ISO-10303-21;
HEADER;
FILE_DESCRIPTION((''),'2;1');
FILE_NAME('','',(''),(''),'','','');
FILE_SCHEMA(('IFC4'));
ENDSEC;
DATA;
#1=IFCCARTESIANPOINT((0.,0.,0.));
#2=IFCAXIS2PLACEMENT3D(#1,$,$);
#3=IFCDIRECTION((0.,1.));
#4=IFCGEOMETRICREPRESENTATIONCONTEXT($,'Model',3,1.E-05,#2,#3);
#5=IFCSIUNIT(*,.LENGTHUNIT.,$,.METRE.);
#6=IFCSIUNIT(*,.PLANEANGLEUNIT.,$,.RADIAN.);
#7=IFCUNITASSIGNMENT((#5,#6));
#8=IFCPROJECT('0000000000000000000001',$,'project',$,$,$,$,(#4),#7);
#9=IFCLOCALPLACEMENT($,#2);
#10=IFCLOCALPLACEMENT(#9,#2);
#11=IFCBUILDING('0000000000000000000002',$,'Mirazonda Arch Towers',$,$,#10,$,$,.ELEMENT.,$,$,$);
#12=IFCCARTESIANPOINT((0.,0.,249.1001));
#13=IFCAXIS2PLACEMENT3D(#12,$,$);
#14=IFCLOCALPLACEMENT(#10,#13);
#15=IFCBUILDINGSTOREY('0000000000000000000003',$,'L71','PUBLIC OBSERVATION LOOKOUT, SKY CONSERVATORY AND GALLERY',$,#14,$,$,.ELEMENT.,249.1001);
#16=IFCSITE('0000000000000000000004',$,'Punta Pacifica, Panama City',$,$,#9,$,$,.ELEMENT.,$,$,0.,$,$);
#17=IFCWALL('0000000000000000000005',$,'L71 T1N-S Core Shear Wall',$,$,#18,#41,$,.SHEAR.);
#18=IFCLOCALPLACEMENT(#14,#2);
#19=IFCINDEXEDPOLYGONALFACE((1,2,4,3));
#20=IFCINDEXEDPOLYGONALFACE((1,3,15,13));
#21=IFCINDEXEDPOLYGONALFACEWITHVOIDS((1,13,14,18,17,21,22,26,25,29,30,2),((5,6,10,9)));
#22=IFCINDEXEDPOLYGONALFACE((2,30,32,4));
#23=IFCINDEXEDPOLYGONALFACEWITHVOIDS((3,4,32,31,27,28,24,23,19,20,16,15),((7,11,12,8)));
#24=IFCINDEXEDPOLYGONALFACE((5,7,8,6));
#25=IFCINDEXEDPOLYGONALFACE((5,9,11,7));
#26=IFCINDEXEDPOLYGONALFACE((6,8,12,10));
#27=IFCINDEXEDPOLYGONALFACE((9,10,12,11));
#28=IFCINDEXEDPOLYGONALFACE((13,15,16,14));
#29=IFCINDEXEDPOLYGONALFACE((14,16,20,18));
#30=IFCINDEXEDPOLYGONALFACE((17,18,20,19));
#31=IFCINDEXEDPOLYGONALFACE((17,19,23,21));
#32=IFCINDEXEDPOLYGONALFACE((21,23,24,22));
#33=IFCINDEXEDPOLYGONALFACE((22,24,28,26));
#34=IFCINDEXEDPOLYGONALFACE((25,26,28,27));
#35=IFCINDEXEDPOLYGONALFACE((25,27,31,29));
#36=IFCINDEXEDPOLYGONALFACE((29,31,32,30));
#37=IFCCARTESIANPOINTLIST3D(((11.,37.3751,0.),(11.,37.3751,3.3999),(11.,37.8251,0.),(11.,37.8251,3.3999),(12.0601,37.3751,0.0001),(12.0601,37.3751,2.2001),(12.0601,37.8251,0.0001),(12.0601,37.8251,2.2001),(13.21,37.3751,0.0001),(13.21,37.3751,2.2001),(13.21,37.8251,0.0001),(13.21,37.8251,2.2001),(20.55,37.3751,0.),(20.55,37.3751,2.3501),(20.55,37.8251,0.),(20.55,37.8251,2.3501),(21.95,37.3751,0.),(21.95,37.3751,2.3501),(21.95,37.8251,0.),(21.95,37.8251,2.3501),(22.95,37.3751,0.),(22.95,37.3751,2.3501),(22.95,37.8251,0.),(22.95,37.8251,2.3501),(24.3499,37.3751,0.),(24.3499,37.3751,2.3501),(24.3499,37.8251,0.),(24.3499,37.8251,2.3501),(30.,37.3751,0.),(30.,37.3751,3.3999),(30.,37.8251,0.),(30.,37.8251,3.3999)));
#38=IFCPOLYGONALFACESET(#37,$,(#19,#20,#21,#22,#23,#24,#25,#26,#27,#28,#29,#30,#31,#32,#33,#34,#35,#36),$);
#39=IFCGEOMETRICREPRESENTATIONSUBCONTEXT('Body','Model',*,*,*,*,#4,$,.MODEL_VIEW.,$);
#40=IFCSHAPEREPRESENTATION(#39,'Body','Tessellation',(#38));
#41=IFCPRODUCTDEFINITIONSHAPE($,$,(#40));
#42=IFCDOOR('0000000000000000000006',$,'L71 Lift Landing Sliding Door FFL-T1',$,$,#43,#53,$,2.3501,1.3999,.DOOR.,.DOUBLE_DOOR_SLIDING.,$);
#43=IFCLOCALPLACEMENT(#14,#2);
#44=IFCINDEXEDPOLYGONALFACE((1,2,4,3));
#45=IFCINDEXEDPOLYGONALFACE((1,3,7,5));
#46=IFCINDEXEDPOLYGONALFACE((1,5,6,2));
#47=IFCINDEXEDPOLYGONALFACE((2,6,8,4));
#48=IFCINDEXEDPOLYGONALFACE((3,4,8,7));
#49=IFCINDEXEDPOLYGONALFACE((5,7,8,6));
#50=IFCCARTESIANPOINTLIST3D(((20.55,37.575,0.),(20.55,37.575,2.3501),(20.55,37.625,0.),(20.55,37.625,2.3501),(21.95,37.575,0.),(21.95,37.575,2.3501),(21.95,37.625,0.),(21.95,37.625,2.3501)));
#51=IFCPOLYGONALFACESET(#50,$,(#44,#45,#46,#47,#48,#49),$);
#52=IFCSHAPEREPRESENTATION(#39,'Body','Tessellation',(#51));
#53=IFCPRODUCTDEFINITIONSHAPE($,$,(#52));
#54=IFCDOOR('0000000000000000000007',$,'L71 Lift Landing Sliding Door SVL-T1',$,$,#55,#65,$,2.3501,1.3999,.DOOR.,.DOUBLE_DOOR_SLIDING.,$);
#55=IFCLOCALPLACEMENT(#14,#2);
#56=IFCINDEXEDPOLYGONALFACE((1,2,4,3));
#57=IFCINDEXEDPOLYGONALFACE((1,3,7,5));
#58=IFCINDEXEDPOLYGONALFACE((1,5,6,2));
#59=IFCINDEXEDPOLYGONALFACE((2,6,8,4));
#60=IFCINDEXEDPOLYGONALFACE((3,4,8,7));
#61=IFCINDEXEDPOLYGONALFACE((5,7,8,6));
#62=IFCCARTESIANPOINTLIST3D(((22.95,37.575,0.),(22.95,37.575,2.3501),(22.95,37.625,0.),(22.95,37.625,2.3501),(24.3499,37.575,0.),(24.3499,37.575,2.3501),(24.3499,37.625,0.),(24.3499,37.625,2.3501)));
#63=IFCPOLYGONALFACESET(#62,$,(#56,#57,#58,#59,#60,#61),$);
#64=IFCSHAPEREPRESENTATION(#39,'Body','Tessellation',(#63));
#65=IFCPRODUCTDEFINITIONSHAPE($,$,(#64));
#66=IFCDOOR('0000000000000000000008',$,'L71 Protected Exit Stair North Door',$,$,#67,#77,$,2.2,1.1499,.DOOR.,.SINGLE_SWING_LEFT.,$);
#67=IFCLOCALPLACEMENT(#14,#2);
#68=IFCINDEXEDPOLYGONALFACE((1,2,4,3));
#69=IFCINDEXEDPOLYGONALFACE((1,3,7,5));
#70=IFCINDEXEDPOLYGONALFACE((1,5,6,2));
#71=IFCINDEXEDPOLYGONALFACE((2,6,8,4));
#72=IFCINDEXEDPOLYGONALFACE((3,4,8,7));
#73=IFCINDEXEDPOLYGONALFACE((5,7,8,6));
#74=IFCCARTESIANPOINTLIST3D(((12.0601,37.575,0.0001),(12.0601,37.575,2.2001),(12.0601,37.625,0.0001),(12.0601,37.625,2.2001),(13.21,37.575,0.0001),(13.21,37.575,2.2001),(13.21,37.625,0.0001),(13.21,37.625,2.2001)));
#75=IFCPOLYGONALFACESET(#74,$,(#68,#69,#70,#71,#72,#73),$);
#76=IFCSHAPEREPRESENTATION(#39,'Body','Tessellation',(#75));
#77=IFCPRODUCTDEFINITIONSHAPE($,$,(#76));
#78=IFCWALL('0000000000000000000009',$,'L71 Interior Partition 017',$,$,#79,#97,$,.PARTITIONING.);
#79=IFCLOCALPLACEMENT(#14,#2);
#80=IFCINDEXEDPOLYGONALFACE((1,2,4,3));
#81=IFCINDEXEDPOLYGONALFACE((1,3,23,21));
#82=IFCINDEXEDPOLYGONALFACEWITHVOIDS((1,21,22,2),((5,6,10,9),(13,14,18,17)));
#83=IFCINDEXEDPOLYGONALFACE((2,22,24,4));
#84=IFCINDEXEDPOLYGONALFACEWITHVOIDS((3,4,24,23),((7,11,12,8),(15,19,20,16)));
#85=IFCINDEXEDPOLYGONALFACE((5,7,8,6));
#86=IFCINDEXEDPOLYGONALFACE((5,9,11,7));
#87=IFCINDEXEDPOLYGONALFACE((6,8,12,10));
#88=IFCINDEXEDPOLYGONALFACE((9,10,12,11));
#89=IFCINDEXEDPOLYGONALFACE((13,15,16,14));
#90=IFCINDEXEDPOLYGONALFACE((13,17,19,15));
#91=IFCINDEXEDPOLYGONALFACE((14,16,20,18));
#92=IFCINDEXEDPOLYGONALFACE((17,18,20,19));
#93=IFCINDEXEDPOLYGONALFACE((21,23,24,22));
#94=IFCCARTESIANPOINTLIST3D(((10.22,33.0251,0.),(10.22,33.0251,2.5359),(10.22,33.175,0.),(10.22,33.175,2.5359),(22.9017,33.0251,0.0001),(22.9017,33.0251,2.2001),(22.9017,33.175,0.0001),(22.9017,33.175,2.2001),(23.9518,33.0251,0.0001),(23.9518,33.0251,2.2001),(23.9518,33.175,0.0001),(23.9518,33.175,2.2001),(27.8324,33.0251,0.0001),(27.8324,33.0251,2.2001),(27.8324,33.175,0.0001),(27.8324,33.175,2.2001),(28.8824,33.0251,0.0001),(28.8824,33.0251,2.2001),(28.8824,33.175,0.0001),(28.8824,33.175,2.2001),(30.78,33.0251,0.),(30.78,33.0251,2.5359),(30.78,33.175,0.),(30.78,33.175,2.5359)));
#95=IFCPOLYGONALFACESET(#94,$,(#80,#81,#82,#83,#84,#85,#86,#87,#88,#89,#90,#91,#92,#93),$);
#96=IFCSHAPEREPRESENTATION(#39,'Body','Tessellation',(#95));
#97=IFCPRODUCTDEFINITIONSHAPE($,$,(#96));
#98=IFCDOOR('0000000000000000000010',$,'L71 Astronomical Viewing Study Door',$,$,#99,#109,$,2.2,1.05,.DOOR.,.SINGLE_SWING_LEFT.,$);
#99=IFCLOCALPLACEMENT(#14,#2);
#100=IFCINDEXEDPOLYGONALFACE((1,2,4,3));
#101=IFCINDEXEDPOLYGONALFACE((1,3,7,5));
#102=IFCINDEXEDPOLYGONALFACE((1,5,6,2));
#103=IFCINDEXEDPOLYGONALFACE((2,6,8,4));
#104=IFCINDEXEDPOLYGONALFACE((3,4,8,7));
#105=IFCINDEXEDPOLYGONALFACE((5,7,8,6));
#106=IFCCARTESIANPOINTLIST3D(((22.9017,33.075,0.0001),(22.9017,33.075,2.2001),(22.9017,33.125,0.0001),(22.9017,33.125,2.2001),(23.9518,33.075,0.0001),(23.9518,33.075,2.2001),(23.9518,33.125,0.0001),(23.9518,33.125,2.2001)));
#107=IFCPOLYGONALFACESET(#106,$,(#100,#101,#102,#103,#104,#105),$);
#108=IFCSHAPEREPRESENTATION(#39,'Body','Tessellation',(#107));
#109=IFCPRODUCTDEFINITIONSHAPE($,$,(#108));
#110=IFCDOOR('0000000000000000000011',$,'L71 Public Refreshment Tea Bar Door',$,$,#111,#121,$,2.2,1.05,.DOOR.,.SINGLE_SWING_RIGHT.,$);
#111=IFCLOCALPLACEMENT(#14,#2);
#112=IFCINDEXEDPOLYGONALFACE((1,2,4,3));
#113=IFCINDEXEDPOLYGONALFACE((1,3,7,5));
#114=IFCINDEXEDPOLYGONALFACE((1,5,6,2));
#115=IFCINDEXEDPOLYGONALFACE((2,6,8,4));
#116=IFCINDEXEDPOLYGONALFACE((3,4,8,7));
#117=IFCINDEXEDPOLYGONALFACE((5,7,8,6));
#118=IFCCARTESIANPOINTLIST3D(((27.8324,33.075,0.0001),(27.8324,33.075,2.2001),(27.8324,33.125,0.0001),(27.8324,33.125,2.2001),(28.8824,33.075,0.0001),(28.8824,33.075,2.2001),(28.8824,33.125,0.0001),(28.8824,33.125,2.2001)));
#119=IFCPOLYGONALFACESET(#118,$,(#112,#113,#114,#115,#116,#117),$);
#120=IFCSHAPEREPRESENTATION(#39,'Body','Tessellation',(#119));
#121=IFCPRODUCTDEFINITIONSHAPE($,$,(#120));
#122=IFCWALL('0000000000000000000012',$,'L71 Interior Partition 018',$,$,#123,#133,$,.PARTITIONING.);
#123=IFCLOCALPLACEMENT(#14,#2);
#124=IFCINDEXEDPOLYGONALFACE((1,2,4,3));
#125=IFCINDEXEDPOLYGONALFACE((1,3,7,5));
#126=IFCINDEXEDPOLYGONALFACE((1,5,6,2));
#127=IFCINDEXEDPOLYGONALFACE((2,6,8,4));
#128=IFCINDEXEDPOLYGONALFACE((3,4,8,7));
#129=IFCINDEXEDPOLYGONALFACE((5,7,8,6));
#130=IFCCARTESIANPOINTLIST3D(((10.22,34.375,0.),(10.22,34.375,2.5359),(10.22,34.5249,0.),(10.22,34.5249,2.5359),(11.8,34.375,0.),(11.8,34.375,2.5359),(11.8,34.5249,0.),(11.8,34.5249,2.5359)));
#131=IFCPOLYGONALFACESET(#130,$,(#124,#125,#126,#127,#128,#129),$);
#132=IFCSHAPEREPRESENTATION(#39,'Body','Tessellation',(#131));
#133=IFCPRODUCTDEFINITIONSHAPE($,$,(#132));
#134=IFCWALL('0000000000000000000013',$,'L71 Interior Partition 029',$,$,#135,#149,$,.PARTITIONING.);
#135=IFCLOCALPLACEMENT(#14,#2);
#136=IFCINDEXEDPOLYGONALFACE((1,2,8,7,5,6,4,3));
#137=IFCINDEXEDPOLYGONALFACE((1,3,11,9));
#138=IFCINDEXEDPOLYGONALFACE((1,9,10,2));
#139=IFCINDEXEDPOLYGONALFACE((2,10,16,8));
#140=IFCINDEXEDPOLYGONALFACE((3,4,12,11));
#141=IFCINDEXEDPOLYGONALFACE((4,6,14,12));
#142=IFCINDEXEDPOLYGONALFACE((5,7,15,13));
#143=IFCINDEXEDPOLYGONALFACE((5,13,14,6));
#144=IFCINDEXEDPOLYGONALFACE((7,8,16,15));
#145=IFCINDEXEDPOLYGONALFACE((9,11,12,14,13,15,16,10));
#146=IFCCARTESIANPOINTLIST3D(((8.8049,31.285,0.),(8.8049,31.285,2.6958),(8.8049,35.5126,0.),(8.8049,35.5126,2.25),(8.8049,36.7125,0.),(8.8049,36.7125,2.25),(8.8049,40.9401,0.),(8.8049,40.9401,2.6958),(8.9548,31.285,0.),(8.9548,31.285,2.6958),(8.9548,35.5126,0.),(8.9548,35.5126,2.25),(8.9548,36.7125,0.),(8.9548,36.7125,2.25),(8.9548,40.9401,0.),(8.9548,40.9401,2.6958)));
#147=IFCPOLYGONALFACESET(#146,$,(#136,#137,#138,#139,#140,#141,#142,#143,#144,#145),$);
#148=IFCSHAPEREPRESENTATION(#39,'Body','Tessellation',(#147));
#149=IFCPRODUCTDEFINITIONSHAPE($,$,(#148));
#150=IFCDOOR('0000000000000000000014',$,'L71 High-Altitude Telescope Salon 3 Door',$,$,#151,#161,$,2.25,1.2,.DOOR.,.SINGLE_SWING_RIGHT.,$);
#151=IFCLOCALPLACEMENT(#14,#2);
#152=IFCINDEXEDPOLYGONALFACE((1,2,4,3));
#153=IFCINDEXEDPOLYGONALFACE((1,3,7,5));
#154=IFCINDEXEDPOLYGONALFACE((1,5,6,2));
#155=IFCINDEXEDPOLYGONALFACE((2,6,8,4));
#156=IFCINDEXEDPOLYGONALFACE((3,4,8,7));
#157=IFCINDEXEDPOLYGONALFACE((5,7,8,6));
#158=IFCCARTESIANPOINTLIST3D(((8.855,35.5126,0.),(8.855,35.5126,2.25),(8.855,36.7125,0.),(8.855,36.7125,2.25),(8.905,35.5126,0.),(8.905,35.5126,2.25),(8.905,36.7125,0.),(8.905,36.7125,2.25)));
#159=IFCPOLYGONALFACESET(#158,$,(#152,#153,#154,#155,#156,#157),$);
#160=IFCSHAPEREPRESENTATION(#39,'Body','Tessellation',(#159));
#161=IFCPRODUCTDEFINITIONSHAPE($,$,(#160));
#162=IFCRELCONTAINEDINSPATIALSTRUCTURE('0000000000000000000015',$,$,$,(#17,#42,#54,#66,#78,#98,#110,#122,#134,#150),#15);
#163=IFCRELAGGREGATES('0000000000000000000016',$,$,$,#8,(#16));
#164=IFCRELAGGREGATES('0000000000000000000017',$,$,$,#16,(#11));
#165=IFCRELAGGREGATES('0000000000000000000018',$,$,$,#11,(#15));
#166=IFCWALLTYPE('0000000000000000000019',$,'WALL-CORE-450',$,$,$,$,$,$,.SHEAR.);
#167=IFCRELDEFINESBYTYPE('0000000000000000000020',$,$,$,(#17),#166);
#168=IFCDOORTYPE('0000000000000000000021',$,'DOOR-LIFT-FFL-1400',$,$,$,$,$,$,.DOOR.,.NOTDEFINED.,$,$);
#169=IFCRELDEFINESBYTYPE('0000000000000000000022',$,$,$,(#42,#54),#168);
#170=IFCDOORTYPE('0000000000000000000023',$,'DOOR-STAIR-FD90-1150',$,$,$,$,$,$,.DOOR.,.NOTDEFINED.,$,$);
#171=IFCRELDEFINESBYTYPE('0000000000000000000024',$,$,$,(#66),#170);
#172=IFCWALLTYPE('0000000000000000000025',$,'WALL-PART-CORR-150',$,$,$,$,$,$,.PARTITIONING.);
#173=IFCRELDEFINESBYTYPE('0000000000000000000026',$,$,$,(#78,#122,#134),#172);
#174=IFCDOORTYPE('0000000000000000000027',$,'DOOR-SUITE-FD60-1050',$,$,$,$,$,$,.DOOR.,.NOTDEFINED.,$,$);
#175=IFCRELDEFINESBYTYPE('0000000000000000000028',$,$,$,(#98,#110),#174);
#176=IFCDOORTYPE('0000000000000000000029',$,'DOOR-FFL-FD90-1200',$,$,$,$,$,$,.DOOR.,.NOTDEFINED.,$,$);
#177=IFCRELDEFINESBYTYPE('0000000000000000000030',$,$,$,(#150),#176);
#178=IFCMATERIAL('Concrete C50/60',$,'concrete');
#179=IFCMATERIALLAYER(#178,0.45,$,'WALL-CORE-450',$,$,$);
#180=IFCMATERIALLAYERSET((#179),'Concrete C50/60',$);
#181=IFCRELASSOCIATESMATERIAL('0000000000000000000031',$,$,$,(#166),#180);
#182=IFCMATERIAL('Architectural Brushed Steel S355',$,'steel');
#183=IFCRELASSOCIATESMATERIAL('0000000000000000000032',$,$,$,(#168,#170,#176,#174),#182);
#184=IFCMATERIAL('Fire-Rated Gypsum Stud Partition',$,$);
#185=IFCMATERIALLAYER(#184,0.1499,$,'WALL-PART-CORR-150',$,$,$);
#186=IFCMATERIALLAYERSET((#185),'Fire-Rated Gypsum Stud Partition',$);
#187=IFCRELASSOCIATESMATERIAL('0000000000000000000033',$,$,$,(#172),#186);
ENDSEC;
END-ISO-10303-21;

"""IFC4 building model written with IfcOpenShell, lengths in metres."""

from ifc_helpers import new_model, si_unit, direction, frame, frame_2d, origin, place, context, subcontext, project, spatial, rectangle, extrude, material, layer, layer_set, type_object, element, fill, save


model = new_model("IFC4")

# Units and contexts
model_context = context("Model", 3, precision=1e-05, world=origin(), true_north=direction((0.0, 1.0)))
body_context = subcontext(model_context, "Body", "Model", "MODEL_VIEW")
ifc_project = project(units=[si_unit("LENGTHUNIT", "METRE"), si_unit("PLANEANGLEUNIT", "RADIAN")], contexts=[model_context])

# Site, building, storey
site_placement = place(None, origin())
site = spatial("IfcSite", under=ifc_project, at=site_placement, Name="Punta Pacifica, Panama City", CompositionType="ELEMENT", RefElevation=0.0)
building_placement = place(site_placement, origin())
building = spatial("IfcBuilding", under=site, at=building_placement, Name="Mirazonda Arch Towers", CompositionType="ELEMENT")
storey_placement = place(building_placement, frame((0.0, 0.0, 249.1001)))
storey = spatial("IfcBuildingStorey", under=building, at=storey_placement, Name="L71", Description="PUBLIC OBSERVATION LOOKOUT, SKY CONSERVATORY AND GALLERY", CompositionType="ELEMENT", Elevation=249.1001)

# Shared definitions
ifc_material_1 = material(Name="Concrete C50/60", Category="concrete")

# Shared definitions
ifc_layer_1 = layer(ifc_material_1, 0.45, Name="WALL-CORE-450")
ifc_layer_set_1 = layer_set([ifc_layer_1], Name="Concrete C50/60")
wall_type_1 = type_object("IfcWallType", Name="WALL-CORE-450", PredefinedType="SHEAR", material=ifc_layer_set_1)

# Walls, openings, doors
wall_1_placement = place(storey_placement, frame((11.0, 37.6001, 0.0), z_axis=(0.0, 0.0, 1.0), x_axis=(1.0, 0.0, 0.0)))
wall_1 = element("IfcWall", 1, at=wall_1_placement, inside=storey, type_object=wall_type_1, Name="L71 T1N-S Core Shear Wall", PredefinedType="SHEAR", context=body_context, shape_type="SweptSolid", body=[
    extrude(rectangle(XDim=19.0, YDim=0.45, at=frame_2d((9.5, 0.0))), origin(), (0.0, 0.0, 1.0), 3.3999),
])
opening_1_placement = place(wall_1_placement, frame((1.0601, 0.0, 0.0)))
opening_1 = element("IfcOpeningElement", 2, at=opening_1_placement, cuts=wall_1, PredefinedType="OPENING", context=body_context, shape_type="SweptSolid", body=[
    extrude(rectangle(XDim=1.1499, YDim=2.2, at=frame_2d((0.575, 1.1001))), frame((0.0, 0.2349, 0.0), z_axis=(0.0, -1.0, 0.0), x_axis=(1.0, 0.0, 0.0)), (0.0, 0.0, 1.0), 0.47),
])
opening_2_placement = place(wall_1_placement, frame((9.55, 0.0, 0.0)))
opening_2 = element("IfcOpeningElement", 3, at=opening_2_placement, cuts=wall_1, PredefinedType="OPENING", context=body_context, shape_type="SweptSolid", body=[
    extrude(rectangle(XDim=1.3999, YDim=2.3501, at=frame_2d((0.7, 1.175))), frame((0.0, 0.2349, 0.0), z_axis=(0.0, -1.0, 0.0), x_axis=(1.0, 0.0, 0.0)), (0.0, 0.0, 1.0), 0.47),
])
opening_3_placement = place(wall_1_placement, frame((11.95, 0.0, 0.0)))
opening_3 = element("IfcOpeningElement", 4, at=opening_3_placement, cuts=wall_1, PredefinedType="OPENING", context=body_context, shape_type="SweptSolid", body=[
    extrude(rectangle(XDim=1.3999, YDim=2.3501, at=frame_2d((0.7, 1.175))), frame((0.0, 0.2349, 0.0), z_axis=(0.0, -1.0, 0.0), x_axis=(1.0, 0.0, 0.0)), (0.0, 0.0, 1.0), 0.47),
])
ifc_material_2 = material(Name="Architectural Brushed Steel S355", Category="steel")
door_type_1 = type_object("IfcDoorType", Name="DOOR-LIFT-FFL-1400", OperationType="NOTDEFINED", PredefinedType="DOOR", material=ifc_material_2)
door_1_placement = place(opening_2_placement, origin())
door_1 = element("IfcDoor", 5, at=door_1_placement, inside=storey, type_object=door_type_1, Name="L71 Lift Landing Sliding Door FFL-T1", OperationType="DOUBLE_DOOR_SLIDING", OverallHeight=2.3501, OverallWidth=1.3999, PredefinedType="DOOR", context=body_context, shape_type="SweptSolid", body=[
    extrude(rectangle(XDim=1.3999, YDim=2.3501, at=frame_2d((0.7, 1.175))), frame((0.0, 0.0249, 0.0), z_axis=(0.0, -1.0, 0.0), x_axis=(1.0, 0.0, 0.0)), (0.0, 0.0, 1.0), 0.05),
])
fill(opening_2, door_1)
door_2_placement = place(opening_3_placement, origin())
door_2 = element("IfcDoor", 6, at=door_2_placement, inside=storey, type_object=door_type_1, Name="L71 Lift Landing Sliding Door SVL-T1", OperationType="DOUBLE_DOOR_SLIDING", OverallHeight=2.3501, OverallWidth=1.3999, PredefinedType="DOOR", context=body_context, shape_type="SweptSolid", body=[
    extrude(rectangle(XDim=1.3999, YDim=2.3501, at=frame_2d((0.7, 1.175))), frame((0.0, 0.0249, 0.0), z_axis=(0.0, -1.0, 0.0), x_axis=(1.0, 0.0, 0.0)), (0.0, 0.0, 1.0), 0.05),
])
fill(opening_3, door_2)
door_type_2 = type_object("IfcDoorType", Name="DOOR-STAIR-FD90-1150", OperationType="NOTDEFINED", PredefinedType="DOOR", material=ifc_material_2)
door_3_placement = place(opening_1_placement, origin())
door_3 = element("IfcDoor", 7, at=door_3_placement, inside=storey, type_object=door_type_2, Name="L71 Protected Exit Stair North Door", OperationType="SINGLE_SWING_LEFT", OverallHeight=2.2, OverallWidth=1.1499, PredefinedType="DOOR", context=body_context, shape_type="SweptSolid", body=[
    extrude(rectangle(XDim=1.1499, YDim=2.2, at=frame_2d((0.575, 1.1001))), frame((0.0, 0.0249, 0.0), z_axis=(0.0, -1.0, 0.0), x_axis=(1.0, 0.0, 0.0)), (0.0, 0.0, 1.0), 0.05),
])
fill(opening_1, door_3)
door_type_3 = type_object("IfcDoorType", Name="DOOR-FFL-FD90-1200", OperationType="NOTDEFINED", PredefinedType="DOOR", material=ifc_material_2)
ifc_material_3 = material(Name="Fire-Rated Gypsum Stud Partition")
ifc_layer_2 = layer(ifc_material_3, 0.1499, Name="WALL-PART-CORR-150")
ifc_layer_set_2 = layer_set([ifc_layer_2], Name="Fire-Rated Gypsum Stud Partition")
wall_type_2 = type_object("IfcWallType", Name="WALL-PART-CORR-150", PredefinedType="PARTITIONING", material=ifc_layer_set_2)
wall_2_placement = place(storey_placement, frame((10.22, 33.1001, 0.0), z_axis=(0.0, 0.0, 1.0), x_axis=(1.0, 0.0, 0.0)))
wall_2 = element("IfcWall", 8, at=wall_2_placement, inside=storey, type_object=wall_type_2, Name="L71 Interior Partition 017", PredefinedType="PARTITIONING", context=body_context, shape_type="SweptSolid", body=[
    extrude(rectangle(XDim=20.5601, YDim=0.1499, at=frame_2d((10.28, 0.0))), origin(), (0.0, 0.0, 1.0), 2.5359),
])
opening_4_placement = place(wall_2_placement, frame((12.6819, 0.0, 0.0)))
opening_4 = element("IfcOpeningElement", 9, at=opening_4_placement, cuts=wall_2, PredefinedType="OPENING", context=body_context, shape_type="SweptSolid", body=[
    extrude(rectangle(XDim=1.05, YDim=2.2, at=frame_2d((0.5249, 1.1001))), frame((0.0, 0.085, 0.0), z_axis=(0.0, -1.0, 0.0), x_axis=(1.0, 0.0, 0.0)), (0.0, 0.0, 1.0), 0.1699),
])
opening_5_placement = place(wall_2_placement, frame((17.6125, 0.0, 0.0)))
opening_5 = element("IfcOpeningElement", 10, at=opening_5_placement, cuts=wall_2, PredefinedType="OPENING", context=body_context, shape_type="SweptSolid", body=[
    extrude(rectangle(XDim=1.05, YDim=2.2, at=frame_2d((0.5249, 1.1001))), frame((0.0, 0.085, 0.0), z_axis=(0.0, -1.0, 0.0), x_axis=(1.0, 0.0, 0.0)), (0.0, 0.0, 1.0), 0.1699),
])
door_type_4 = type_object("IfcDoorType", Name="DOOR-SUITE-FD60-1050", OperationType="NOTDEFINED", PredefinedType="DOOR", material=ifc_material_2)
door_4_placement = place(opening_4_placement, origin())
door_4 = element("IfcDoor", 11, at=door_4_placement, inside=storey, type_object=door_type_4, Name="L71 Astronomical Viewing Study Door", OperationType="SINGLE_SWING_LEFT", OverallHeight=2.2, OverallWidth=1.05, PredefinedType="DOOR", context=body_context, shape_type="SweptSolid", body=[
    extrude(rectangle(XDim=1.05, YDim=2.2, at=frame_2d((0.5249, 1.1001))), frame((0.0, 0.0249, 0.0), z_axis=(0.0, -1.0, 0.0), x_axis=(1.0, 0.0, 0.0)), (0.0, 0.0, 1.0), 0.05),
])
fill(opening_4, door_4)
door_5_placement = place(opening_5_placement, origin())
door_5 = element("IfcDoor", 12, at=door_5_placement, inside=storey, type_object=door_type_4, Name="L71 Public Refreshment Tea Bar Door", OperationType="SINGLE_SWING_RIGHT", OverallHeight=2.2, OverallWidth=1.05, PredefinedType="DOOR", context=body_context, shape_type="SweptSolid", body=[
    extrude(rectangle(XDim=1.05, YDim=2.2, at=frame_2d((0.5249, 1.1001))), frame((0.0, 0.0249, 0.0), z_axis=(0.0, -1.0, 0.0), x_axis=(1.0, 0.0, 0.0)), (0.0, 0.0, 1.0), 0.05),
])
fill(opening_5, door_5)

# Wall
wall_3_placement = place(storey_placement, frame((10.22, 34.45, 0.0), z_axis=(0.0, 0.0, 1.0), x_axis=(1.0, 0.0, 0.0)))
element("IfcWall", 13, at=wall_3_placement, inside=storey, type_object=wall_type_2, Name="L71 Interior Partition 018", PredefinedType="PARTITIONING", context=body_context, shape_type="SweptSolid", body=[
    extrude(rectangle(XDim=1.5801, YDim=0.1499, at=frame_2d((0.79, 0.0))), origin(), (0.0, 0.0, 1.0), 2.5359),
])

# Wall, opening, door
wall_4_placement = place(storey_placement, frame((8.8799, 31.2849, 0.0), z_axis=(0.0, 0.0, 1.0), x_axis=(0.0, 1.0, 0.0)))
wall_4 = element("IfcWall", 14, at=wall_4_placement, inside=storey, type_object=wall_type_2, Name="L71 Interior Partition 029", PredefinedType="PARTITIONING", context=body_context, shape_type="SweptSolid", body=[
    extrude(rectangle(XDim=9.655, YDim=0.1499, at=frame_2d((4.8276, 0.0))), origin(), (0.0, 0.0, 1.0), 2.6958),
])
opening_6_placement = place(wall_4_placement, frame((4.2275, 0.0, 0.0)))
opening_6 = element("IfcOpeningElement", 15, at=opening_6_placement, cuts=wall_4, PredefinedType="OPENING", context=body_context, shape_type="SweptSolid", body=[
    extrude(rectangle(XDim=1.2, YDim=2.25, at=frame_2d((0.6001, 1.125))), frame((0.0, 0.085, 0.0), z_axis=(0.0, -1.0, 0.0), x_axis=(1.0, 0.0, 0.0)), (0.0, 0.0, 1.0), 0.1699),
])
door_6_placement = place(opening_6_placement, origin())
door_6 = element("IfcDoor", 16, at=door_6_placement, inside=storey, type_object=door_type_3, Name="L71 High-Altitude Telescope Salon 3 Door", OperationType="SINGLE_SWING_RIGHT", OverallHeight=2.25, OverallWidth=1.2, PredefinedType="DOOR", context=body_context, shape_type="SweptSolid", body=[
    extrude(rectangle(XDim=1.2, YDim=2.25, at=frame_2d((0.6001, 1.125))), frame((0.0, 0.0249, 0.0), z_axis=(0.0, -1.0, 0.0), x_axis=(1.0, 0.0, 0.0)), (0.0, 0.0, 1.0), 0.05),
])
fill(opening_6, door_6)

save(model, "model.ifc")
